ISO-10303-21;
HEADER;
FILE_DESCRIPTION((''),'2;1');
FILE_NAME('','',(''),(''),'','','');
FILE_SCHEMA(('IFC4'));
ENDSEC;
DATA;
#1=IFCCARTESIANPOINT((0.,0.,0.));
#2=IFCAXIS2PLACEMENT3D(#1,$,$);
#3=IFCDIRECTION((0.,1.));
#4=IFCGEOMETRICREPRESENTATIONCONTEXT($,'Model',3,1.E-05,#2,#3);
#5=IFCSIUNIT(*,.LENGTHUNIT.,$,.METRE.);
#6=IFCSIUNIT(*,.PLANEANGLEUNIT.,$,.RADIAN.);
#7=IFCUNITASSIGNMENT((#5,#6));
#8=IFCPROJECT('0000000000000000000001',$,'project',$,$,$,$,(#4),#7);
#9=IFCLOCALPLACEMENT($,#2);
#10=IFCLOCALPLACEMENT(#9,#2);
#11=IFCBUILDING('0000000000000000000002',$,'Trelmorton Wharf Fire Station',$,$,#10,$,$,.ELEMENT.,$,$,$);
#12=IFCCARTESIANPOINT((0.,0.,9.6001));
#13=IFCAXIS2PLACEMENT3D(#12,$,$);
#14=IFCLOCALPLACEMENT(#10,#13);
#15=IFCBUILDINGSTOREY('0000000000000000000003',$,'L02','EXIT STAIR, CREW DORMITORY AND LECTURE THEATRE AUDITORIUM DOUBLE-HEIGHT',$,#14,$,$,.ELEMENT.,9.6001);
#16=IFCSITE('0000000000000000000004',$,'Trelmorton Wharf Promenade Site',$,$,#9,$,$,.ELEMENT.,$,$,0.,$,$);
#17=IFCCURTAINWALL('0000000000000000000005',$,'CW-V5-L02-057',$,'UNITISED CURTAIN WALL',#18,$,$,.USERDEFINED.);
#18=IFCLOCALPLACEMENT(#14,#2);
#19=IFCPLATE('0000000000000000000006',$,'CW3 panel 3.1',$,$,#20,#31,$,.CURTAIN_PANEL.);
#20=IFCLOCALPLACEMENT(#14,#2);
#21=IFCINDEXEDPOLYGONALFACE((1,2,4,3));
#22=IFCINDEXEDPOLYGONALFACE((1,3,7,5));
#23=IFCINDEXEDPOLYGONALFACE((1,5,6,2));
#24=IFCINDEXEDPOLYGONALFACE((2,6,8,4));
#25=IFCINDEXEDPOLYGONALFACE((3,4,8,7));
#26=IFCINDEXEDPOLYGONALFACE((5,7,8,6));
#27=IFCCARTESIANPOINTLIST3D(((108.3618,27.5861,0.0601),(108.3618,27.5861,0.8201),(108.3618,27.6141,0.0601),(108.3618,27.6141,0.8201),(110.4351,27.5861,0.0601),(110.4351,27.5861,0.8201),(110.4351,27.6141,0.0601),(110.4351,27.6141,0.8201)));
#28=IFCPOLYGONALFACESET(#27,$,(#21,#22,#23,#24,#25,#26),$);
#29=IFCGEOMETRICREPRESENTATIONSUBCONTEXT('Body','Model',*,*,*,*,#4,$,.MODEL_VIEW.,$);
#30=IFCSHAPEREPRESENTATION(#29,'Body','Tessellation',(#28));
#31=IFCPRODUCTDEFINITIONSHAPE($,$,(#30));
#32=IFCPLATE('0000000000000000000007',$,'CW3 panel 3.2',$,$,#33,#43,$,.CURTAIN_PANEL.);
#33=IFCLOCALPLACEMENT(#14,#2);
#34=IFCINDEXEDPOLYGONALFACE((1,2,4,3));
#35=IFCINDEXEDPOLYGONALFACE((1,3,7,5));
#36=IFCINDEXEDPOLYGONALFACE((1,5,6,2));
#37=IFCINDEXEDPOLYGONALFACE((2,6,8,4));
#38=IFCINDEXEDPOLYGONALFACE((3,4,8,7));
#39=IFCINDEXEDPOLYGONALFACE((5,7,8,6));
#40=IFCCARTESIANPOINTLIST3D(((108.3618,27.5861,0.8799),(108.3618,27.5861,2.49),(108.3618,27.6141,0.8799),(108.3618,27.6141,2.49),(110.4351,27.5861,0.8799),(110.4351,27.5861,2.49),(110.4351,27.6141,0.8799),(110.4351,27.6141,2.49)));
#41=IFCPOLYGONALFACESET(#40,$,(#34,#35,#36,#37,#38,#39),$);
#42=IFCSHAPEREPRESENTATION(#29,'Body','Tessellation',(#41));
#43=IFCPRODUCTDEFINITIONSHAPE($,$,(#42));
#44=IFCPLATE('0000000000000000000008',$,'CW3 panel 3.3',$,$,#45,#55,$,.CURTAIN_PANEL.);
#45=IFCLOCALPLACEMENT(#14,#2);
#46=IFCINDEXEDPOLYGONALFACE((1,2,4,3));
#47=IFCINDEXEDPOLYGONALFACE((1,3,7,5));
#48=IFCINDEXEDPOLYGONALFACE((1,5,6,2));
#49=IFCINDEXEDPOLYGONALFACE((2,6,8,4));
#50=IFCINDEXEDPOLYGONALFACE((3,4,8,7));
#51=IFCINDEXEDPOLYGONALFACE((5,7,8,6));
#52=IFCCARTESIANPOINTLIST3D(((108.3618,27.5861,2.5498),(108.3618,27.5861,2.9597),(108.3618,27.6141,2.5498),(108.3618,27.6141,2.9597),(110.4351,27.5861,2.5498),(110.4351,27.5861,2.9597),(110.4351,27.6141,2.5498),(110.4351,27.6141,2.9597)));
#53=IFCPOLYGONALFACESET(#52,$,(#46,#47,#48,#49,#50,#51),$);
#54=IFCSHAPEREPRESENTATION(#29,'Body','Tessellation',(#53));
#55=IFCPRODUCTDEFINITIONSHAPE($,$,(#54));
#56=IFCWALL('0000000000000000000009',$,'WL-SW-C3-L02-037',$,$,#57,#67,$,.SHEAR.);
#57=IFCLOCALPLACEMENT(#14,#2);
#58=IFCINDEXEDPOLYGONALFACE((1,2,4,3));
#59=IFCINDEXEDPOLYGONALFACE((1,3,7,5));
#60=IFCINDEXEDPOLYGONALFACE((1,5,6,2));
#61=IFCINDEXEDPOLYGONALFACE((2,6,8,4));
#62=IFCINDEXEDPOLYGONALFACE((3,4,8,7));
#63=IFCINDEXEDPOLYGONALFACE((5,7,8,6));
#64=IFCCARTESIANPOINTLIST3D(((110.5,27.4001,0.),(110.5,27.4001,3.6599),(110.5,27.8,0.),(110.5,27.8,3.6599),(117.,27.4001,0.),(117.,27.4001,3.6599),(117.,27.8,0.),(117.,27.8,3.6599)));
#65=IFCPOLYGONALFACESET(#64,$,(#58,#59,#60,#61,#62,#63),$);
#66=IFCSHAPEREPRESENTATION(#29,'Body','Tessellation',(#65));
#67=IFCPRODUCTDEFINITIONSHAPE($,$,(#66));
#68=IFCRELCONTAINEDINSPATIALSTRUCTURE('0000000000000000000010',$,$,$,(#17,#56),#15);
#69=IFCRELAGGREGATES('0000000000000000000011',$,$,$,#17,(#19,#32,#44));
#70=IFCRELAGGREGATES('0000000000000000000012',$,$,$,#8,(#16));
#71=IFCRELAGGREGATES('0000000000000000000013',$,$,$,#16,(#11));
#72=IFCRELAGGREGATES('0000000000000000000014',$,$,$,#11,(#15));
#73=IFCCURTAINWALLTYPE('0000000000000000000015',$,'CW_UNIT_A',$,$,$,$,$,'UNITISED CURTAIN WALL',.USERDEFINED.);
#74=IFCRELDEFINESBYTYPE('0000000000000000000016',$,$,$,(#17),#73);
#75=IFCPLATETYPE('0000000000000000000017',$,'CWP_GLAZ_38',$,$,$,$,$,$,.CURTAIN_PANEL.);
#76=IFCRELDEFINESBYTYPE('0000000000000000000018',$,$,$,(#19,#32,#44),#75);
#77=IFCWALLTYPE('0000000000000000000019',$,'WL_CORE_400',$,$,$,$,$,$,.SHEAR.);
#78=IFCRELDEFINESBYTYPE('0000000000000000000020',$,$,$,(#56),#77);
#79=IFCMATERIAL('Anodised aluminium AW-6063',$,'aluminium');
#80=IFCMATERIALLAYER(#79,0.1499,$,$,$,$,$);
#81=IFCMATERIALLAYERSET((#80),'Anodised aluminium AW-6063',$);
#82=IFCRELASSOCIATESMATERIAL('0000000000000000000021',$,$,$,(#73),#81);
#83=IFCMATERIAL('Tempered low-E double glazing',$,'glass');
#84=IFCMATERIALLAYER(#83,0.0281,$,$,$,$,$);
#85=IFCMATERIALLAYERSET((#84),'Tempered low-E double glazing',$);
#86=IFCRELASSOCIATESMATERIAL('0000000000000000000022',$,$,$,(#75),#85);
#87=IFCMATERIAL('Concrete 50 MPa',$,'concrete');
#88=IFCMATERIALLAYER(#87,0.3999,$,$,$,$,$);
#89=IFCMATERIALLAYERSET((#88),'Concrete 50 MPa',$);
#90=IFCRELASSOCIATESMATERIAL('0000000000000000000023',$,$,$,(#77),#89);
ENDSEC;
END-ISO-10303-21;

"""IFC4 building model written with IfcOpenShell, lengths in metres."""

from ifc_helpers import new_model, si_unit, direction, frame, frame_2d, origin, origin_2d, place, context, subcontext, project, spatial, rectangle, extrude, material, layer, layer_set, type_object, element, aggregate, save


model = new_model("IFC4")

# Units and contexts
model_context = context("Model", 3, precision=1e-05, world=origin(), true_north=direction((0.0, 1.0)))
body_context = subcontext(model_context, "Body", "Model", "MODEL_VIEW")
ifc_project = project(units=[si_unit("LENGTHUNIT", "METRE"), si_unit("PLANEANGLEUNIT", "RADIAN")], contexts=[model_context])

# Site, building, storey
site_placement = place(None, origin())
site = spatial("IfcSite", under=ifc_project, at=site_placement, Name="Trelmorton Wharf Promenade Site", CompositionType="ELEMENT", RefElevation=0.0)
building_placement = place(site_placement, origin())
building = spatial("IfcBuilding", under=site, at=building_placement, Name="Trelmorton Wharf Fire Station", CompositionType="ELEMENT")
storey_placement = place(building_placement, frame((0.0, 0.0, 9.6001)))
storey = spatial("IfcBuildingStorey", under=building, at=storey_placement, Name="L02", Description="EXIT STAIR, CREW DORMITORY AND LECTURE THEATRE AUDITORIUM DOUBLE-HEIGHT", CompositionType="ELEMENT", Elevation=9.6001)

# Curtain wall
ifc_material_1 = material(Name="Anodised aluminium AW-6063", Category="aluminium")
ifc_layer_1 = layer(ifc_material_1, 0.1499)
ifc_layer_set_1 = layer_set([ifc_layer_1], Name="Anodised aluminium AW-6063")
curtain_wall_type = type_object("IfcCurtainWallType", Name="CW_UNIT_A", ElementType="UNITISED CURTAIN WALL", PredefinedType="USERDEFINED", material=ifc_layer_set_1)
curtain_wall_1_placement = place(storey_placement, origin())
curtain_wall_1 = element("IfcCurtainWall", 1, at=curtain_wall_1_placement, inside=storey, type_object=curtain_wall_type, Name="CW-V5-L02-057", ObjectType="UNITISED CURTAIN WALL", PredefinedType="USERDEFINED")

# Plates
ifc_material_2 = material(Name="Tempered low-E double glazing", Category="glass")
ifc_layer_2 = layer(ifc_material_2, 0.0281)
ifc_layer_set_2 = layer_set([ifc_layer_2], Name="Tempered low-E double glazing")
plate_type = type_object("IfcPlateType", Name="CWP_GLAZ_38", PredefinedType="CURTAIN_PANEL", material=ifc_layer_set_2)
plate_1_placement = place(storey_placement, frame((109.3984, 27.6001, 0.0601), z_axis=(0.0, 0.0, 1.0), x_axis=(1.0, 0.0, 0.0)))
plate_1 = element("IfcPlate", 2, at=plate_1_placement, type_object=plate_type, Name="CW3 panel 3.1", PredefinedType="CURTAIN_PANEL", context=body_context, shape_type="SweptSolid", body=[
    extrude(rectangle(XDim=2.0732, YDim=0.0281, at=origin_2d()), origin(), (0.0, 0.0, 1.0), 0.76),
])
plate_2_placement = place(storey_placement, frame((109.3984, 27.6001, 0.8799), z_axis=(0.0, 0.0, 1.0), x_axis=(1.0, 0.0, 0.0)))
plate_2 = element("IfcPlate", 3, at=plate_2_placement, type_object=plate_type, Name="CW3 panel 3.2", PredefinedType="CURTAIN_PANEL", context=body_context, shape_type="SweptSolid", body=[
    extrude(rectangle(XDim=2.0732, YDim=0.0281, at=origin_2d()), origin(), (0.0, 0.0, 1.0), 1.6101),
])
plate_3_placement = place(storey_placement, frame((109.3984, 27.6001, 2.5498), z_axis=(0.0, 0.0, 1.0), x_axis=(1.0, 0.0, 0.0)))
plate_3 = element("IfcPlate", 4, at=plate_3_placement, type_object=plate_type, Name="CW3 panel 3.3", PredefinedType="CURTAIN_PANEL", context=body_context, shape_type="SweptSolid", body=[
    extrude(rectangle(XDim=2.0732, YDim=0.0281, at=origin_2d()), origin(), (0.0, 0.0, 1.0), 0.4099),
])
aggregate(curtain_wall_1, [plate_1, plate_2, plate_3])

# Wall
ifc_material_3 = material(Name="Concrete 50 MPa", Category="concrete")
ifc_layer_3 = layer(ifc_material_3, 0.3999)
ifc_layer_set_3 = layer_set([ifc_layer_3], Name="Concrete 50 MPa")
wall_type = type_object("IfcWallType", Name="WL_CORE_400", PredefinedType="SHEAR", material=ifc_layer_set_3)
wall_placement = place(storey_placement, frame((110.5, 27.6001, 0.0), z_axis=(0.0, 0.0, 1.0), x_axis=(1.0, 0.0, 0.0)))
element("IfcWall", 5, at=wall_placement, inside=storey, type_object=wall_type, Name="WL-SW-C3-L02-037", PredefinedType="SHEAR", context=body_context, shape_type="SweptSolid", body=[
    extrude(rectangle(XDim=6.5, YDim=0.3999, at=frame_2d((3.25, 0.0))), origin(), (0.0, 0.0, 1.0), 3.6599),
])

save(model, "model.ifc")
